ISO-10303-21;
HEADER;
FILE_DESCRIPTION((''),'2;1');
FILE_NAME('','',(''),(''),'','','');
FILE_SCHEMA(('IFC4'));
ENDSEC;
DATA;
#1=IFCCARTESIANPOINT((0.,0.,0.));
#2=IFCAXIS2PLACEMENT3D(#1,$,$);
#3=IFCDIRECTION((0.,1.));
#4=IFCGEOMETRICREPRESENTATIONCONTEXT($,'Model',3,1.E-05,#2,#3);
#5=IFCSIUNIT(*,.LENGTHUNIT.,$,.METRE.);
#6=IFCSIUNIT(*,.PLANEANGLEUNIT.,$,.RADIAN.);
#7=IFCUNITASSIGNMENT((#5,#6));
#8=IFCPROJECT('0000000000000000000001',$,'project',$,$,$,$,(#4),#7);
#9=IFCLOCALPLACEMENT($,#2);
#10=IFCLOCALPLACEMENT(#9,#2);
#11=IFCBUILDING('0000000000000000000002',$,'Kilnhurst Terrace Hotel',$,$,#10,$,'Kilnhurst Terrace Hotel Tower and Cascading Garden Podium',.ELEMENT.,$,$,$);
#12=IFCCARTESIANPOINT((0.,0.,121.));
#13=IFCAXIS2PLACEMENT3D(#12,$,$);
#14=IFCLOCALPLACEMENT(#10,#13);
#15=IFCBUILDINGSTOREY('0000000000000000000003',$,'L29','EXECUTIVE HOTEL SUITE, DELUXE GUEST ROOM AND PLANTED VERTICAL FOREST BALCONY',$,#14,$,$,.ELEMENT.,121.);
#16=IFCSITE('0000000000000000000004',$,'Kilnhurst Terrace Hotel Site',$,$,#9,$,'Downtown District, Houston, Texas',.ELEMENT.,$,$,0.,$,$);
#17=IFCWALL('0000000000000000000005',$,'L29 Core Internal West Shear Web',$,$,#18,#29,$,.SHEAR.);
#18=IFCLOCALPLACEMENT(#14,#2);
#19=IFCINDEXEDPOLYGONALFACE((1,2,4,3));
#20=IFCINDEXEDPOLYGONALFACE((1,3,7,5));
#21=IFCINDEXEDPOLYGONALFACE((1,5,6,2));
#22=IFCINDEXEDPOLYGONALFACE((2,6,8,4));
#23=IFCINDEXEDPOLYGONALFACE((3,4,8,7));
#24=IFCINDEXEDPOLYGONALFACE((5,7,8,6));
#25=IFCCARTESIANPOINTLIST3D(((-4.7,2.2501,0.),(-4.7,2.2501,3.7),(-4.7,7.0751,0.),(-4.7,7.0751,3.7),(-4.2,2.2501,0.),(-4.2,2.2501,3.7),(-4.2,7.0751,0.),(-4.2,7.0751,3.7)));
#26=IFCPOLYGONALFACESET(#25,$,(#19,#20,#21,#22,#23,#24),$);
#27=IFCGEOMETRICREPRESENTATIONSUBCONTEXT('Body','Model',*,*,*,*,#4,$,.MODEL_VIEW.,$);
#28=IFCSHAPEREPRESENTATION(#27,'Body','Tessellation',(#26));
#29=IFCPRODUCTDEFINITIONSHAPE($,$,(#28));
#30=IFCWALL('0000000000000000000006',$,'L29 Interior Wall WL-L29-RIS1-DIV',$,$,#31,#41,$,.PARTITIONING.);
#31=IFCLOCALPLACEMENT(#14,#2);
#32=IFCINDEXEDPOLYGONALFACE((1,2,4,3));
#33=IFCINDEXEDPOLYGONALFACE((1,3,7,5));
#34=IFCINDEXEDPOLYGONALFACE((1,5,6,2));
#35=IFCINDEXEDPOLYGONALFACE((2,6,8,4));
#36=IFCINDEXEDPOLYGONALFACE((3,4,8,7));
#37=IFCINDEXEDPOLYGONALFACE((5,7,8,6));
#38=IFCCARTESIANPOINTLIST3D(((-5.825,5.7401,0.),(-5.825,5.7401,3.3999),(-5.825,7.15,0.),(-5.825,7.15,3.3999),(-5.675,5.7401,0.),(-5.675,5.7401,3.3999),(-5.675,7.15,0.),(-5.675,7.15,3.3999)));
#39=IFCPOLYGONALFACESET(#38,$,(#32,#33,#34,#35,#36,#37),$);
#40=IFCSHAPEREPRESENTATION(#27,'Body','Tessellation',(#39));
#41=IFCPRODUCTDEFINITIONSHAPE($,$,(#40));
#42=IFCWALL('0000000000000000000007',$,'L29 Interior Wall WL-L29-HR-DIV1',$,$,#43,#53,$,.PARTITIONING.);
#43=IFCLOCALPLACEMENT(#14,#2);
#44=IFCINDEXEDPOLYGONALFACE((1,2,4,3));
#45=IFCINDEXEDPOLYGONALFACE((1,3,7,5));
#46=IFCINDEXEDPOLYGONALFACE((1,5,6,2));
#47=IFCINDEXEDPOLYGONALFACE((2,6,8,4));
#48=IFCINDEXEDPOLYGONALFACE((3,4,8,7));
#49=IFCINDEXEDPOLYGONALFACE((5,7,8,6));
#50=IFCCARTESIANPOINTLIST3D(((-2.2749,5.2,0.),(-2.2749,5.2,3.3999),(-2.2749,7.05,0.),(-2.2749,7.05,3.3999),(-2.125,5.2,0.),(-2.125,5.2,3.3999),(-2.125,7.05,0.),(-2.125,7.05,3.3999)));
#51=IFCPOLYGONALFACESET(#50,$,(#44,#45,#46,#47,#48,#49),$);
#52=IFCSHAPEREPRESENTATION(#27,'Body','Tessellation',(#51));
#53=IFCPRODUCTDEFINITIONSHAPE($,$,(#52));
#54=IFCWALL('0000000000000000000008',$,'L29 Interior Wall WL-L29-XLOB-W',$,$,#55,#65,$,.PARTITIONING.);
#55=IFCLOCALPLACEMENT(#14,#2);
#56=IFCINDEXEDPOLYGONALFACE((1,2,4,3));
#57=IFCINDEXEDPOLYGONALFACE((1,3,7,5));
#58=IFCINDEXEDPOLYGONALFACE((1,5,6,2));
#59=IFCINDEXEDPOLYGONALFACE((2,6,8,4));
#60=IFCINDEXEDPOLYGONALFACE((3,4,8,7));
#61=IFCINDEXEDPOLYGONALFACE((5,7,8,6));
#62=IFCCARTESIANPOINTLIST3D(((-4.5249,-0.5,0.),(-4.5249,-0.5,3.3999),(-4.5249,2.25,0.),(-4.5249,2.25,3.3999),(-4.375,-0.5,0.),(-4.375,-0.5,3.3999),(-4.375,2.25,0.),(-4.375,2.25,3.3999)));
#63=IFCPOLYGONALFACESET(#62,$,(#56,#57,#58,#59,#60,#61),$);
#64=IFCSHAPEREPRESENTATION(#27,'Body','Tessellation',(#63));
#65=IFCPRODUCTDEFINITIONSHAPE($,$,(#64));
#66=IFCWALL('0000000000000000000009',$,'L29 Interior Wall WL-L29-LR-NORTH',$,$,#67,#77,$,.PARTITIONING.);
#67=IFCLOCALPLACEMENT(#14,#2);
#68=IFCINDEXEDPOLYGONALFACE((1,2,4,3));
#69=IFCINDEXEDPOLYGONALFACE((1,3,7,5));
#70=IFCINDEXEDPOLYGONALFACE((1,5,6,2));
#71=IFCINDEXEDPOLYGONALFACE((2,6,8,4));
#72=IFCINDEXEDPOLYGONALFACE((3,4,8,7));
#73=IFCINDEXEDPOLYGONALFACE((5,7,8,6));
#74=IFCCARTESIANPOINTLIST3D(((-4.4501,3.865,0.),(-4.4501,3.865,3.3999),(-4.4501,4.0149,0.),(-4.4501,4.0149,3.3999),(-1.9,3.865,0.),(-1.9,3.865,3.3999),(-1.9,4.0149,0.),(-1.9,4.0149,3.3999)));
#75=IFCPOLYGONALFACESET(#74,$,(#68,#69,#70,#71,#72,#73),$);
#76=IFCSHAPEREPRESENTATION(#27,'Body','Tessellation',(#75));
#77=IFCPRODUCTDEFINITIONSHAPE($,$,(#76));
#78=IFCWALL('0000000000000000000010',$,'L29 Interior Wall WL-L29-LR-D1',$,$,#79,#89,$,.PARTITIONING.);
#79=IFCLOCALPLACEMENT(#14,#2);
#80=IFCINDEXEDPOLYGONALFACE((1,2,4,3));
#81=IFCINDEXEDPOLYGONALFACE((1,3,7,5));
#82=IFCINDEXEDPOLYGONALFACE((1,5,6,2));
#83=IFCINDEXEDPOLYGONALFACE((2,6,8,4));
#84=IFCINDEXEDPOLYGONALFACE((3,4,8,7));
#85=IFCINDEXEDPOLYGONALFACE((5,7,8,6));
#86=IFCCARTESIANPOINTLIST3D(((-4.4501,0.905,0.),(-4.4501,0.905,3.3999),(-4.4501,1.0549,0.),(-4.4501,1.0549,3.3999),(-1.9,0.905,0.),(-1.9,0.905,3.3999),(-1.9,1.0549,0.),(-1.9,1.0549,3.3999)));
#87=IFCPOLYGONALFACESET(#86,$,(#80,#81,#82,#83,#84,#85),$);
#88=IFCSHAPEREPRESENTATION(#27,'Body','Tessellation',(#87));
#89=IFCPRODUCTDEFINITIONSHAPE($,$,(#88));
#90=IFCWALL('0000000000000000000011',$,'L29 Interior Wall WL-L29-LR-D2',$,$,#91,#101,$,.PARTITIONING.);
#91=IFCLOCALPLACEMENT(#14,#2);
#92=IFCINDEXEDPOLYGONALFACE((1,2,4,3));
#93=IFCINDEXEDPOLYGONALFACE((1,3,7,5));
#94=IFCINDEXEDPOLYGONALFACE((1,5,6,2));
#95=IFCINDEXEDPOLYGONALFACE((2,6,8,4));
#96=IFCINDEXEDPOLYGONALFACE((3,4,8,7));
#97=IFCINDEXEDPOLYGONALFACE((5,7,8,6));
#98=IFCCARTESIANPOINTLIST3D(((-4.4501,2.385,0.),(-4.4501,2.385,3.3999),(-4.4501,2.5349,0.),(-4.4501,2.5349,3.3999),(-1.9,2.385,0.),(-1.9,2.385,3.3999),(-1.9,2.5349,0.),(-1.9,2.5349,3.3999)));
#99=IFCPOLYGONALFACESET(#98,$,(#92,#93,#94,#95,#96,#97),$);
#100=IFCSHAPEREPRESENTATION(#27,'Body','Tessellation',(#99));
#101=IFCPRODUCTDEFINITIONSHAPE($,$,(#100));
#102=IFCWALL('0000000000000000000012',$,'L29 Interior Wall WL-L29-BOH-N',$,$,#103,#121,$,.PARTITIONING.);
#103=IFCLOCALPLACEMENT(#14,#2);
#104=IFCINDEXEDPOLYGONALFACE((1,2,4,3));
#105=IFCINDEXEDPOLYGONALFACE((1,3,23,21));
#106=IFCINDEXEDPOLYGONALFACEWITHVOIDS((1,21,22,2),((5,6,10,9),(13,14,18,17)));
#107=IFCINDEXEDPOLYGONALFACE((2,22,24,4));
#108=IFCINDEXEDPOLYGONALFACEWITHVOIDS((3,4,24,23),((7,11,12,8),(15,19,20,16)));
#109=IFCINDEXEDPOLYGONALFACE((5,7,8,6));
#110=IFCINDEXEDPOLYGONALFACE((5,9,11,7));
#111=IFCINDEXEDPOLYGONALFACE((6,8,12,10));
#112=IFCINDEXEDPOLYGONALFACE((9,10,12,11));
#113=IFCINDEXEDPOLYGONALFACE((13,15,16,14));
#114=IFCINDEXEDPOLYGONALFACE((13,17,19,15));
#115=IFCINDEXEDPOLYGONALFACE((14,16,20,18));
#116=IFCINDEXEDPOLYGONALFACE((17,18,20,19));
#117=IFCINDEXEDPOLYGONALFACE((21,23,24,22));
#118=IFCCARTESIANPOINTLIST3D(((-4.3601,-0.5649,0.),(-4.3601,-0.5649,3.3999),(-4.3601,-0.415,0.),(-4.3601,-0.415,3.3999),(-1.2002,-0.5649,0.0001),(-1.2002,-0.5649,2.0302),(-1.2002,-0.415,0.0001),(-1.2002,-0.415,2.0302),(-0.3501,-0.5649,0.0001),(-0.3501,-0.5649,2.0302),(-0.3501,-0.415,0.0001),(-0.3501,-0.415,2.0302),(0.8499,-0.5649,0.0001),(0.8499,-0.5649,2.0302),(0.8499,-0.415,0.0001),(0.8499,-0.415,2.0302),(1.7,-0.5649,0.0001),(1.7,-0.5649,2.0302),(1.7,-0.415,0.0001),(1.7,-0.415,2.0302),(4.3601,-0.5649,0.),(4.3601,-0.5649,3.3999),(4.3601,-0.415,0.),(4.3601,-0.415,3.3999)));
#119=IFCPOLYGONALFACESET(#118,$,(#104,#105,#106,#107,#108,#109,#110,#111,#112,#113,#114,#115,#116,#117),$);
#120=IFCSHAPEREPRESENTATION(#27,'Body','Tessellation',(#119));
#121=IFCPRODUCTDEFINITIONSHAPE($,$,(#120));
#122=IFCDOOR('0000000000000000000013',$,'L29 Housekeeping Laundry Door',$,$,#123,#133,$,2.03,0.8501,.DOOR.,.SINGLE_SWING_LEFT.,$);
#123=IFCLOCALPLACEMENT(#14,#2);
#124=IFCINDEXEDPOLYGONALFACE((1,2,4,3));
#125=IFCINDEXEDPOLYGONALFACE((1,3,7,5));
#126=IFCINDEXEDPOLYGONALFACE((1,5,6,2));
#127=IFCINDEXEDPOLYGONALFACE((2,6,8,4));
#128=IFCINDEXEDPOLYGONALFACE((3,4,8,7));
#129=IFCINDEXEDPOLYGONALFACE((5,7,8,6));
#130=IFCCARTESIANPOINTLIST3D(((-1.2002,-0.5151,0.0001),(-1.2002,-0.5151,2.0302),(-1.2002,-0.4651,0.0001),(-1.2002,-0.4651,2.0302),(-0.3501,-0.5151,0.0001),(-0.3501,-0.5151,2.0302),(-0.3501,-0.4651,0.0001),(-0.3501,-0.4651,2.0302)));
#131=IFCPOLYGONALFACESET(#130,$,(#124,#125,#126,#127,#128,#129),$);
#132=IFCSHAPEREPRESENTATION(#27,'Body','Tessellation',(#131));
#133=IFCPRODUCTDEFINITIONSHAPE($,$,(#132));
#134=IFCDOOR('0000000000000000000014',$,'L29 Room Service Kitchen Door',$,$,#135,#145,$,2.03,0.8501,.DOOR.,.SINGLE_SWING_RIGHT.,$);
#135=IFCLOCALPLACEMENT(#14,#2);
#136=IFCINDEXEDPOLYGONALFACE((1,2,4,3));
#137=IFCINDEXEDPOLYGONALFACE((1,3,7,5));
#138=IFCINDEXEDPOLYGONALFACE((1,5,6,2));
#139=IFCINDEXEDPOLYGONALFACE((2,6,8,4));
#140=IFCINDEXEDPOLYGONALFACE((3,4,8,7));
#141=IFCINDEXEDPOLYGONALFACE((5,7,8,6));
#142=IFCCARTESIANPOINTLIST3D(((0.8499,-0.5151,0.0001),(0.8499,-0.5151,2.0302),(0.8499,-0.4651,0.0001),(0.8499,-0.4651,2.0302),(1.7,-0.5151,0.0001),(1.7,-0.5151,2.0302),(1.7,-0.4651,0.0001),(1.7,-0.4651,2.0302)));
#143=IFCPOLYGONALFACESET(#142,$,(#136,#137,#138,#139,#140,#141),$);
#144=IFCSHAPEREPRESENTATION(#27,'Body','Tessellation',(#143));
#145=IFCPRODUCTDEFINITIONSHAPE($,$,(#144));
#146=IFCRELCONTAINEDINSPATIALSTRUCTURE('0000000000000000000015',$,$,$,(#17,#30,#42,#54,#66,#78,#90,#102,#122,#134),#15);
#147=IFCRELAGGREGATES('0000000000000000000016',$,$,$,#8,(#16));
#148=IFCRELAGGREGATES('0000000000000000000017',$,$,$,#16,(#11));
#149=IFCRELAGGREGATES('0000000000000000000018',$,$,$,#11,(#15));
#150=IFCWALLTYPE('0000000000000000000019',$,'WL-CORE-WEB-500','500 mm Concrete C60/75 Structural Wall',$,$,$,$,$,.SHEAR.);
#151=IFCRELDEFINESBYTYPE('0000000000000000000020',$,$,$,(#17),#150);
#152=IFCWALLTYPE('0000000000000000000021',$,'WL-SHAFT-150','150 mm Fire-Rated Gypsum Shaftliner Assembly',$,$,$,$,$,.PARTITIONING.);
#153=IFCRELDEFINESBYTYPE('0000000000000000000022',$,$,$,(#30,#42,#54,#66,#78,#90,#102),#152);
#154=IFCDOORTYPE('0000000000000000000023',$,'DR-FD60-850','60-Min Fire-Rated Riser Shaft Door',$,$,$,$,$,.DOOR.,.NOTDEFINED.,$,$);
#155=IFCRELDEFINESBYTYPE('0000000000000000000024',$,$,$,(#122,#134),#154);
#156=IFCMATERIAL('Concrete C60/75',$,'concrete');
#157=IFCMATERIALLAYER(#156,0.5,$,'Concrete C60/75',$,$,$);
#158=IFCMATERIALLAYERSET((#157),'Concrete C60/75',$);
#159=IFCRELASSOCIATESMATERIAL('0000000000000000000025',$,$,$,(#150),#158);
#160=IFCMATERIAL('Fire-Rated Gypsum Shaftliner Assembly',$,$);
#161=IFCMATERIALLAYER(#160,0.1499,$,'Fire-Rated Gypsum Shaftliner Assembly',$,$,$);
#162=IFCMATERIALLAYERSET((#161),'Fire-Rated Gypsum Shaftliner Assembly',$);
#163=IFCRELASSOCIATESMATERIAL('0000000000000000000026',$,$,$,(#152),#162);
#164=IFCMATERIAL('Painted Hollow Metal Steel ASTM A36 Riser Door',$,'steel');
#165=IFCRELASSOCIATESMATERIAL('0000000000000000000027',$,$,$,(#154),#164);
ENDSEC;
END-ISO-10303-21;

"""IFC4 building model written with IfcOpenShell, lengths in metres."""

from ifc_helpers import new_model, si_unit, direction, frame, frame_2d, origin, place, context, subcontext, project, spatial, rectangle, extrude, material, layer, layer_set, type_object, element, fill, save


model = new_model("IFC4")

# Units and contexts
model_context = context("Model", 3, precision=1e-05, world=origin(), true_north=direction((0.0, 1.0)))
body_context = subcontext(model_context, "Body", "Model", "MODEL_VIEW")
ifc_project = project(units=[si_unit("LENGTHUNIT", "METRE"), si_unit("PLANEANGLEUNIT", "RADIAN")], contexts=[model_context])

# Site, building, storey
site_placement = place(None, origin())
site = spatial("IfcSite", under=ifc_project, at=site_placement, Name="Kilnhurst Terrace Hotel Site", LongName="Downtown District, Houston, Texas", CompositionType="ELEMENT", RefElevation=0.0)
building_placement = place(site_placement, origin())
building = spatial("IfcBuilding", under=site, at=building_placement, Name="Kilnhurst Terrace Hotel", LongName="Kilnhurst Terrace Hotel Tower and Cascading Garden Podium", CompositionType="ELEMENT")
storey_placement = place(building_placement, frame((0.0, 0.0, 121.0)))
storey = spatial("IfcBuildingStorey", under=building, at=storey_placement, Name="L29", Description="EXECUTIVE HOTEL SUITE, DELUXE GUEST ROOM AND PLANTED VERTICAL FOREST BALCONY", CompositionType="ELEMENT", Elevation=121.0)

# Walls
ifc_material_1 = material(Name="Concrete C60/75", Category="concrete")
ifc_layer_1 = layer(ifc_material_1, 0.5, Name="Concrete C60/75")
ifc_layer_set_1 = layer_set([ifc_layer_1], Name="Concrete C60/75")
wall_type_1 = type_object("IfcWallType", Name="WL-CORE-WEB-500", Description="500 mm Concrete C60/75 Structural Wall", PredefinedType="SHEAR", material=ifc_layer_set_1)
wall_1_placement = place(storey_placement, frame((-4.45, 2.25, 0.0), z_axis=(0.0, 0.0, 1.0), x_axis=(0.0, 1.0, 0.0)))
element("IfcWall", 1, at=wall_1_placement, inside=storey, type_object=wall_type_1, Name="L29 Core Internal West Shear Web", PredefinedType="SHEAR", context=body_context, shape_type="SweptSolid", body=[
    extrude(rectangle(XDim=4.825, YDim=0.5, at=frame_2d((2.4126, 0.0))), origin(), (0.0, 0.0, 1.0), 3.7),
])
ifc_material_2 = material(Name="Fire-Rated Gypsum Shaftliner Assembly")
ifc_layer_2 = layer(ifc_material_2, 0.1499, Name="Fire-Rated Gypsum Shaftliner Assembly")
ifc_layer_set_2 = layer_set([ifc_layer_2], Name="Fire-Rated Gypsum Shaftliner Assembly")
wall_type_2 = type_object("IfcWallType", Name="WL-SHAFT-150", Description="150 mm Fire-Rated Gypsum Shaftliner Assembly", PredefinedType="PARTITIONING", material=ifc_layer_set_2)
wall_2_placement = place(storey_placement, frame((-5.75, 5.74, 0.0), z_axis=(0.0, 0.0, 1.0), x_axis=(0.0, 1.0, 0.0)))
element("IfcWall", 2, at=wall_2_placement, inside=storey, type_object=wall_type_2, Name="L29 Interior Wall WL-L29-RIS1-DIV", PredefinedType="PARTITIONING", context=body_context, shape_type="SweptSolid", body=[
    extrude(rectangle(XDim=1.4099, YDim=0.1499, at=frame_2d((0.7051, 0.0))), origin(), (0.0, 0.0, 1.0), 3.3999),
])
wall_3_placement = place(storey_placement, frame((-2.2, 5.2, 0.0), z_axis=(0.0, 0.0, 1.0), x_axis=(0.0, 1.0, 0.0)))
element("IfcWall", 3, at=wall_3_placement, inside=storey, type_object=wall_type_2, Name="L29 Interior Wall WL-L29-HR-DIV1", PredefinedType="PARTITIONING", context=body_context, shape_type="SweptSolid", body=[
    extrude(rectangle(XDim=1.8501, YDim=0.1499, at=frame_2d((0.925, 0.0))), origin(), (0.0, 0.0, 1.0), 3.3999),
])
wall_4_placement = place(storey_placement, frame((-4.45, -0.5, 0.0), z_axis=(0.0, 0.0, 1.0), x_axis=(0.0, 1.0, 0.0)))
element("IfcWall", 4, at=wall_4_placement, inside=storey, type_object=wall_type_2, Name="L29 Interior Wall WL-L29-XLOB-W", PredefinedType="PARTITIONING", context=body_context, shape_type="SweptSolid", body=[
    extrude(rectangle(XDim=2.75, YDim=0.1499, at=frame_2d((1.375, 0.0))), origin(), (0.0, 0.0, 1.0), 3.3999),
])
for number, where, z_axis, x_axis, name in (
    (5, (-4.45, 3.9399, 0.0), (0.0, 0.0, 1.0), (1.0, 0.0, 0.0), "L29 Interior Wall WL-L29-LR-NORTH"),
    (6, (-4.45, 0.98, 0.0), (0.0, 0.0, 1.0), (1.0, 0.0, 0.0), "L29 Interior Wall WL-L29-LR-D1"),
    (7, (-4.45, 2.46, 0.0), (0.0, 0.0, 1.0), (1.0, 0.0, 0.0), "L29 Interior Wall WL-L29-LR-D2"),
):
    element("IfcWall", number, at=place(storey_placement, frame(where, z_axis=z_axis, x_axis=x_axis)), inside=storey, type_object=wall_type_2, Name=name, PredefinedType="PARTITIONING", context=body_context, shape_type="SweptSolid", body=[
        extrude(rectangle(XDim=2.55, YDim=0.1499, at=frame_2d((1.2749, 0.0))), origin(), (0.0, 0.0, 1.0), 3.3999),
    ])

# Wall, openings, doors
wall_5_placement = place(storey_placement, frame((-4.3601, -0.49, 0.0), z_axis=(0.0, 0.0, 1.0), x_axis=(1.0, 0.0, 0.0)))
wall_5 = element("IfcWall", 8, at=wall_5_placement, inside=storey, type_object=wall_type_2, Name="L29 Interior Wall WL-L29-BOH-N", PredefinedType="PARTITIONING", context=body_context, shape_type="SweptSolid", body=[
    extrude(rectangle(XDim=8.7202, YDim=0.1499, at=frame_2d((4.3601, 0.0))), origin(), (0.0, 0.0, 1.0), 3.3999),
])
opening_1_placement = place(wall_5_placement, frame((3.1599, 0.0, 0.0)))
opening_1 = element("IfcOpeningElement", 9, at=opening_1_placement, cuts=wall_5, PredefinedType="OPENING", context=body_context, shape_type="SweptSolid", body=[
    extrude(rectangle(XDim=0.8501, YDim=2.03, at=frame_2d((0.425, 1.0151))), frame((0.0, 0.085, 0.0), z_axis=(0.0, -1.0, 0.0), x_axis=(1.0, 0.0, 0.0)), (0.0, 0.0, 1.0), 0.1699),
])
opening_2_placement = place(wall_5_placement, frame((5.21, 0.0, 0.0)))
opening_2 = element("IfcOpeningElement", 10, at=opening_2_placement, cuts=wall_5, PredefinedType="OPENING", context=body_context, shape_type="SweptSolid", body=[
    extrude(rectangle(XDim=0.8501, YDim=2.03, at=frame_2d((0.425, 1.0151))), frame((0.0, 0.085, 0.0), z_axis=(0.0, -1.0, 0.0), x_axis=(1.0, 0.0, 0.0)), (0.0, 0.0, 1.0), 0.1699),
])
ifc_material_3 = material(Name="Painted Hollow Metal Steel ASTM A36 Riser Door", Category="steel")
door_type_1 = type_object("IfcDoorType", Name="DR-FD60-850", Description="60-Min Fire-Rated Riser Shaft Door", OperationType="NOTDEFINED", PredefinedType="DOOR", material=ifc_material_3)
door_1_placement = place(opening_1_placement, origin())
door_1 = element("IfcDoor", 11, at=door_1_placement, inside=storey, type_object=door_type_1, Name="L29 Housekeeping Laundry Door", OperationType="SINGLE_SWING_LEFT", OverallHeight=2.03, OverallWidth=0.8501, PredefinedType="DOOR", context=body_context, shape_type="SweptSolid", body=[
    extrude(rectangle(XDim=0.8501, YDim=2.03, at=frame_2d((0.425, 1.0151))), frame((0.0, 0.0249, 0.0), z_axis=(0.0, -1.0, 0.0), x_axis=(1.0, 0.0, 0.0)), (0.0, 0.0, 1.0), 0.05),
])
fill(opening_1, door_1)
door_2_placement = place(opening_2_placement, origin())
door_2 = element("IfcDoor", 12, at=door_2_placement, inside=storey, type_object=door_type_1, Name="L29 Room Service Kitchen Door", OperationType="SINGLE_SWING_RIGHT", OverallHeight=2.03, OverallWidth=0.8501, PredefinedType="DOOR", context=body_context, shape_type="SweptSolid", body=[
    extrude(rectangle(XDim=0.8501, YDim=2.03, at=frame_2d((0.425, 1.0151))), frame((0.0, 0.0249, 0.0), z_axis=(0.0, -1.0, 0.0), x_axis=(1.0, 0.0, 0.0)), (0.0, 0.0, 1.0), 0.05),
])
fill(opening_2, door_2)

save(model, "model.ifc")
